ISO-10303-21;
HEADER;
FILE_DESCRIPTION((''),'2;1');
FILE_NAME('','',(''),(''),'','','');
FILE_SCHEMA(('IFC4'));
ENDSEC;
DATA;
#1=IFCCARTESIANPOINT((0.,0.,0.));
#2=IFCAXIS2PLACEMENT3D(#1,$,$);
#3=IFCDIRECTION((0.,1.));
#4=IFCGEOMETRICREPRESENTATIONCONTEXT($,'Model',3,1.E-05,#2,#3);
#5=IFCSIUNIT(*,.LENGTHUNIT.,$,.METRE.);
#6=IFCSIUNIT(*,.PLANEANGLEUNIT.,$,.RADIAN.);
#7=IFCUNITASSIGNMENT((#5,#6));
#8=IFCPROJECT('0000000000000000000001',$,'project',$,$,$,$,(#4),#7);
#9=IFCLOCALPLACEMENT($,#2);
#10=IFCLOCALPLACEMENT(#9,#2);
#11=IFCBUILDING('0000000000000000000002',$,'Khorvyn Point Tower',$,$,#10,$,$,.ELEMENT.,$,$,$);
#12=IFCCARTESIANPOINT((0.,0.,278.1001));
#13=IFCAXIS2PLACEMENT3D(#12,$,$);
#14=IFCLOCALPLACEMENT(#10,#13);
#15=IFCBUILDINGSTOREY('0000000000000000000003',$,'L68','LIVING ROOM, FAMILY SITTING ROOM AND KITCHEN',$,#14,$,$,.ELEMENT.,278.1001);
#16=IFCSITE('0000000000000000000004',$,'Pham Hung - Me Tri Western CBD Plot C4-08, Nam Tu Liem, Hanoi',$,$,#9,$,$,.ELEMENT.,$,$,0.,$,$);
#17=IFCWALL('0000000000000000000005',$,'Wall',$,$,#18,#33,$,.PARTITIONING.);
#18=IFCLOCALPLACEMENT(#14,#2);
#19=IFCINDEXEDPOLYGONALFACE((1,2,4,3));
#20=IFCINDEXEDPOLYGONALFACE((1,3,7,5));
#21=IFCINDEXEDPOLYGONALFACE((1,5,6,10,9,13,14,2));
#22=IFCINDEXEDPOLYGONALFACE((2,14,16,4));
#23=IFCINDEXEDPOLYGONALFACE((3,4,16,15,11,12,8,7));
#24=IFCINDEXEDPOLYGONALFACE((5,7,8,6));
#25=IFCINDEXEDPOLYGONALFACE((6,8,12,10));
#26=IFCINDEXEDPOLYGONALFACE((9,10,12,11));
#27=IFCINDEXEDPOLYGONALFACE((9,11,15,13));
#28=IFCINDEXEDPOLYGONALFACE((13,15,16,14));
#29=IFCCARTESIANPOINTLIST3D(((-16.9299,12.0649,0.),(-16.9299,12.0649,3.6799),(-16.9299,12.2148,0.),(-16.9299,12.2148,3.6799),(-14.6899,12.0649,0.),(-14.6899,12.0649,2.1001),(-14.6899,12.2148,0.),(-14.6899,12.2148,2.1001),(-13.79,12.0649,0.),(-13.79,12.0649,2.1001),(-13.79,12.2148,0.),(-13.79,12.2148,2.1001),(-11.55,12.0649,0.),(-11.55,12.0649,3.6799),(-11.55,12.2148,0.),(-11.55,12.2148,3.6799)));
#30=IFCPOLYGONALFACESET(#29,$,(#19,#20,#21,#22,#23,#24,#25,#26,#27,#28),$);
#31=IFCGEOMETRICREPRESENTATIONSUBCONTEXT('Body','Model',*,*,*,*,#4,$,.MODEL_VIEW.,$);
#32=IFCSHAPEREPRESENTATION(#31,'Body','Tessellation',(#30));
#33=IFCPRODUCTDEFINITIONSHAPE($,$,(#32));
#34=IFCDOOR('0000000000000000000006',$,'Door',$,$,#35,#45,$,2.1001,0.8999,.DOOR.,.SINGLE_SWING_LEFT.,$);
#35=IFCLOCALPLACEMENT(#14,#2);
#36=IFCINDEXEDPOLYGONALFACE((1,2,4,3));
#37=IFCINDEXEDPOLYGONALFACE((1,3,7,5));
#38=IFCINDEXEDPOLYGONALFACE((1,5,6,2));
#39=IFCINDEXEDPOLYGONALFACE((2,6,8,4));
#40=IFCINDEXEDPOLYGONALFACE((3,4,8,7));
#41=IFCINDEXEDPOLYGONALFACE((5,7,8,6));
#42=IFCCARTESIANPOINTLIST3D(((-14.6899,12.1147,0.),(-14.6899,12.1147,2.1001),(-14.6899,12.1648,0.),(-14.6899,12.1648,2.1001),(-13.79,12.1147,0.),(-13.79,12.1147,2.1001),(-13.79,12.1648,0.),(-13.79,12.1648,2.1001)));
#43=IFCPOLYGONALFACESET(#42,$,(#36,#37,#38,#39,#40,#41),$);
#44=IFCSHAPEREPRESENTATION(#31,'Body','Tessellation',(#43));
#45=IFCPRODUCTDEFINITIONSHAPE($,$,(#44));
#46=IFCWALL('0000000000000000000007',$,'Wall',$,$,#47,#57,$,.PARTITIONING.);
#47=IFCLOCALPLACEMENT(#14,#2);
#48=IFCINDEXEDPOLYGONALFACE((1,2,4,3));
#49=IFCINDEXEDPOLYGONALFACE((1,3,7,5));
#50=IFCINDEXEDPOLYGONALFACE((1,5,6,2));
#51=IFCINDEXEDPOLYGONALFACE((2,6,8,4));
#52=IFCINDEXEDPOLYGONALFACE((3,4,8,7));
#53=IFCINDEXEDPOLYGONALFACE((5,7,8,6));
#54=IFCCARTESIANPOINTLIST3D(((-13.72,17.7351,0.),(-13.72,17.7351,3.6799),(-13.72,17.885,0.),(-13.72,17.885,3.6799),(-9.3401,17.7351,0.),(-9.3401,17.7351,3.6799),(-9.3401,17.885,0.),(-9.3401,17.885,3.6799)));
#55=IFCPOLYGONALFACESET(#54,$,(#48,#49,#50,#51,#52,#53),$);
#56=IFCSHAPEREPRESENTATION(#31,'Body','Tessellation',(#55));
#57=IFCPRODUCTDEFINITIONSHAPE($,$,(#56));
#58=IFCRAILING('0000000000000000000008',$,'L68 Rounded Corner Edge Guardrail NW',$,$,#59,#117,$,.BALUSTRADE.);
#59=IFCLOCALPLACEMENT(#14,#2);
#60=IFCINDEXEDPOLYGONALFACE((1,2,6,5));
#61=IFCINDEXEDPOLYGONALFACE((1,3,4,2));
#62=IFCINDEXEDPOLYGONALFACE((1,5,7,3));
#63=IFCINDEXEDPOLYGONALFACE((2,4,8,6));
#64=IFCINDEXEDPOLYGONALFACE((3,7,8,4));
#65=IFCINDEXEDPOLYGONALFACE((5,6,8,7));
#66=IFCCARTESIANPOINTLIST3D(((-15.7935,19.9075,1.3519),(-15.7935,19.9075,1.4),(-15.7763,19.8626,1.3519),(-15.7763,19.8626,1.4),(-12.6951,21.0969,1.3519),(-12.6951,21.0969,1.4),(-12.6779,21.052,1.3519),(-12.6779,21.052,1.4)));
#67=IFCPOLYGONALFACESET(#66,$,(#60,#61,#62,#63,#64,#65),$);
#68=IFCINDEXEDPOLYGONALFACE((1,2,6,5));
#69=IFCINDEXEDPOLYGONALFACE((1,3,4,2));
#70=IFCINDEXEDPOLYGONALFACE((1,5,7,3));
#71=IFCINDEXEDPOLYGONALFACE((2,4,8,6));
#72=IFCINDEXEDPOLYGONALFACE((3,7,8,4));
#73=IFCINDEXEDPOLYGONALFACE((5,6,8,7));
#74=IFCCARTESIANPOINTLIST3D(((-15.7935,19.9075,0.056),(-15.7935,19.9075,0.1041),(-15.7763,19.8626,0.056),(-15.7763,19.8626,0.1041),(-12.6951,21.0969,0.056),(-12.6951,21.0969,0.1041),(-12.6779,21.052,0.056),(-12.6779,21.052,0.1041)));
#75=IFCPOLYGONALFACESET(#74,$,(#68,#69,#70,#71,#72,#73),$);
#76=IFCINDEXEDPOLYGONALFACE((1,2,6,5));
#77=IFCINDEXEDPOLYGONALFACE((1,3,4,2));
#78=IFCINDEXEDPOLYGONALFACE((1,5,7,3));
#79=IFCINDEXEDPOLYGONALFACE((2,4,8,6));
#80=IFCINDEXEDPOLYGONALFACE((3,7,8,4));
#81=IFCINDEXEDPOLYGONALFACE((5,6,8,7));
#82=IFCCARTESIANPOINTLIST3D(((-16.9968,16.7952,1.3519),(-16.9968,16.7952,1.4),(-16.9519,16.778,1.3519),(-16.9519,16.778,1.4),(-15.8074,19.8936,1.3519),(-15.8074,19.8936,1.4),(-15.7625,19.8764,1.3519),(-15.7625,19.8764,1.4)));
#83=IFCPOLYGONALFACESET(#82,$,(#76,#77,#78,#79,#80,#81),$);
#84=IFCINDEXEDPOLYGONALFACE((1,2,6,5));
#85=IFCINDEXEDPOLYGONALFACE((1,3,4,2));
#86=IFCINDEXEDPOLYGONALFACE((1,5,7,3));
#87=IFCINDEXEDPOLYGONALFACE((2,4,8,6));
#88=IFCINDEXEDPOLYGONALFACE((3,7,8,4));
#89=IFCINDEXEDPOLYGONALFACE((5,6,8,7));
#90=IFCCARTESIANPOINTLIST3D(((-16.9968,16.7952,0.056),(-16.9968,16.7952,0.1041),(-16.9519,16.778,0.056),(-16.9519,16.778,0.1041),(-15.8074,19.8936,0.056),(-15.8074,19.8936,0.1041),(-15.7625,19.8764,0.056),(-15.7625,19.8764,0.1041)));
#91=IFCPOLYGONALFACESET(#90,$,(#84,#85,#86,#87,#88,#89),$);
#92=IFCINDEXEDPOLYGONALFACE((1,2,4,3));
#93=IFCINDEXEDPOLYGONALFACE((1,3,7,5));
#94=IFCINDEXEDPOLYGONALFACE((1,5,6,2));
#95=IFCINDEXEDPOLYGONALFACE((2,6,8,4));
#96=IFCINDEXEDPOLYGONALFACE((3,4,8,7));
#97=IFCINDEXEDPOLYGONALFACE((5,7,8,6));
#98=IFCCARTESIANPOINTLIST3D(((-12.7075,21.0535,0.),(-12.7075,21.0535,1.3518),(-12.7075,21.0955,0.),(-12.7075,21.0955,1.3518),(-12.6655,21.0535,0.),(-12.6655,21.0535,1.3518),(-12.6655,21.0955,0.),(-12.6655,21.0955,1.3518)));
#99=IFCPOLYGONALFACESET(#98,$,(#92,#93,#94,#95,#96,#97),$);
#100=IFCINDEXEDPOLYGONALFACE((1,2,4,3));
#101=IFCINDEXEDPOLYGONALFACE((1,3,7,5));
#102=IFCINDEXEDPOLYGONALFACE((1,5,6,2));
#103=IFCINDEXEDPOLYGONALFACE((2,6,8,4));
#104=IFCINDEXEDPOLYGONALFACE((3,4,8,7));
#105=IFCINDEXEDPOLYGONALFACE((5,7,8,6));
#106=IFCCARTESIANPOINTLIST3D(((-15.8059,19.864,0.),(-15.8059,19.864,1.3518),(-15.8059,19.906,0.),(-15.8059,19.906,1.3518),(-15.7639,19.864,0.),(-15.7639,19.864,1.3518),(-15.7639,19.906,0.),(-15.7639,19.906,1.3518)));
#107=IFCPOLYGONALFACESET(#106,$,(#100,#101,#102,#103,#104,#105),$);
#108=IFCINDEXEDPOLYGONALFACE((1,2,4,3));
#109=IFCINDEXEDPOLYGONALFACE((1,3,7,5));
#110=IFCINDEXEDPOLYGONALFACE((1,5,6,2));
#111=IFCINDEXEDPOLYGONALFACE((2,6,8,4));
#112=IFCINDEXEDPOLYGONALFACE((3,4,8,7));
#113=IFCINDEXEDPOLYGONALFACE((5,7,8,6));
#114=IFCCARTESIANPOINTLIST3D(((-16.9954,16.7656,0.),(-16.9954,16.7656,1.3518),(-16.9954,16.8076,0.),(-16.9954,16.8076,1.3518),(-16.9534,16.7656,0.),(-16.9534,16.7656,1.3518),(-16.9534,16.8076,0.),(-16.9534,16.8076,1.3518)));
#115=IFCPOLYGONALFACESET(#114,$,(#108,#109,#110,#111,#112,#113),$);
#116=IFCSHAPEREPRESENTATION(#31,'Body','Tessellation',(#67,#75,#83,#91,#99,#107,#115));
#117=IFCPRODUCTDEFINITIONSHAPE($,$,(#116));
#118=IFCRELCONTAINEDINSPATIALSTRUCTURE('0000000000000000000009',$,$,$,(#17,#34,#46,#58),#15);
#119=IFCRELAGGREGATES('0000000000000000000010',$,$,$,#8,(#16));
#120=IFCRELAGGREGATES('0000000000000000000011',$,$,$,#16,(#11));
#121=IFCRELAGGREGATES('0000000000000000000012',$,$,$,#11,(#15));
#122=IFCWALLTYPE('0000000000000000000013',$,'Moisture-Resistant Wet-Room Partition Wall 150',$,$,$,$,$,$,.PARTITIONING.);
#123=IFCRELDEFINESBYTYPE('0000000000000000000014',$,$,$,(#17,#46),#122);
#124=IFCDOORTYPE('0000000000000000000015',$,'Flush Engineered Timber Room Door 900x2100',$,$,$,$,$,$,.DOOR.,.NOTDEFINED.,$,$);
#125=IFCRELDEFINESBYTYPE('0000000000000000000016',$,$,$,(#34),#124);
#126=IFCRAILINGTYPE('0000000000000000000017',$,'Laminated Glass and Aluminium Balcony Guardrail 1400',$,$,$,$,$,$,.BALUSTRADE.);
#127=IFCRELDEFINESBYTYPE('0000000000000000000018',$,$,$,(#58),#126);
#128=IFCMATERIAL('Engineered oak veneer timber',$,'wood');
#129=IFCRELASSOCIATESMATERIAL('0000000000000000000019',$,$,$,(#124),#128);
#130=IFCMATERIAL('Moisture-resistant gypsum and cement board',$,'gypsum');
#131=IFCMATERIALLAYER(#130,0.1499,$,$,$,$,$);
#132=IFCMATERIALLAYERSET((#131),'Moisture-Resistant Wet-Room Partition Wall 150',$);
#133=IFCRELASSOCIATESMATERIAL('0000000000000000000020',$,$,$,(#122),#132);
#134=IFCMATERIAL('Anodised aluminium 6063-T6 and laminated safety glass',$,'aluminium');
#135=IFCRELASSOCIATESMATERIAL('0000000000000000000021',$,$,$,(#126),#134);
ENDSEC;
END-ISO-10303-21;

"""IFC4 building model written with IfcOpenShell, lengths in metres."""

from ifc_helpers import new_model, si_unit, direction, frame, frame_2d, origin, origin_2d, place, context, subcontext, project, spatial, rectangle, extrude, material, layer, layer_set, type_object, element, fill, save


model = new_model("IFC4")

# Units and contexts
model_context = context("Model", 3, precision=1e-05, world=origin(), true_north=direction((0.0, 1.0)))
body_context = subcontext(model_context, "Body", "Model", "MODEL_VIEW")
ifc_project = project(units=[si_unit("LENGTHUNIT", "METRE"), si_unit("PLANEANGLEUNIT", "RADIAN")], contexts=[model_context])

# Site, building, storey
site_placement = place(None, origin())
site = spatial("IfcSite", under=ifc_project, at=site_placement, Name="Pham Hung - Me Tri Western CBD Plot C4-08, Nam Tu Liem, Hanoi", CompositionType="ELEMENT", RefElevation=0.0)
building_placement = place(site_placement, origin())
building = spatial("IfcBuilding", under=site, at=building_placement, Name="Khorvyn Point Tower", CompositionType="ELEMENT")
storey_placement = place(building_placement, frame((0.0, 0.0, 278.1001)))
storey = spatial("IfcBuildingStorey", under=building, at=storey_placement, Name="L68", Description="LIVING ROOM, FAMILY SITTING ROOM AND KITCHEN", CompositionType="ELEMENT", Elevation=278.1001)

# Wall, opening, door
ifc_material_1 = material(Name="Engineered oak veneer timber", Category="wood")
door_type_1 = type_object("IfcDoorType", Name="Flush Engineered Timber Room Door 900x2100", OperationType="NOTDEFINED", PredefinedType="DOOR", material=ifc_material_1)
ifc_material_2 = material(Name="Moisture-resistant gypsum and cement board", Category="gypsum")
ifc_layer_1 = layer(ifc_material_2, 0.1499)
ifc_layer_set_1 = layer_set([ifc_layer_1], Name="Moisture-Resistant Wet-Room Partition Wall 150")
wall_type_1 = type_object("IfcWallType", Name="Moisture-Resistant Wet-Room Partition Wall 150", PredefinedType="PARTITIONING", material=ifc_layer_set_1)
wall_1_placement = place(storey_placement, frame((-16.9299, 12.1399, 0.0), z_axis=(0.0, 0.0, 1.0), x_axis=(1.0, 0.0, 0.0)))
wall_1 = element("IfcWall", 1, at=wall_1_placement, inside=storey, type_object=wall_type_1, Name="Wall", PredefinedType="PARTITIONING", context=body_context, shape_type="SweptSolid", body=[
    extrude(rectangle(XDim=5.3799, YDim=0.1499, at=frame_2d((2.6899, 0.0))), origin(), (0.0, 0.0, 1.0), 3.6799),
])
opening_1_placement = place(wall_1_placement, frame((2.24, 0.0, 0.0)))
opening_1 = element("IfcOpeningElement", 2, at=opening_1_placement, cuts=wall_1, PredefinedType="OPENING", context=body_context, shape_type="SweptSolid", body=[
    extrude(rectangle(XDim=0.8999, YDim=2.1001, at=frame_2d((0.45, 1.05))), frame((0.0, 0.085, 0.0), z_axis=(0.0, -1.0, 0.0), x_axis=(1.0, 0.0, 0.0)), (0.0, 0.0, 1.0), 0.1699),
])
door_1_placement = place(opening_1_placement, origin())
door_1 = element("IfcDoor", 3, at=door_1_placement, inside=storey, type_object=door_type_1, Name="Door", OperationType="SINGLE_SWING_LEFT", OverallHeight=2.1001, OverallWidth=0.8999, PredefinedType="DOOR", context=body_context, shape_type="SweptSolid", body=[
    extrude(rectangle(XDim=0.8999, YDim=2.1001, at=frame_2d((0.45, 1.05))), frame((0.0, 0.0249, 0.0), z_axis=(0.0, -1.0, 0.0), x_axis=(1.0, 0.0, 0.0)), (0.0, 0.0, 1.0), 0.05),
])
fill(opening_1, door_1)

# Wall
wall_2_placement = place(storey_placement, frame((-13.72, 17.8101, 0.0), z_axis=(0.0, 0.0, 1.0), x_axis=(1.0, 0.0, 0.0)))
element("IfcWall", 4, at=wall_2_placement, inside=storey, type_object=wall_type_1, Name="Wall", PredefinedType="PARTITIONING", context=body_context, shape_type="SweptSolid", body=[
    extrude(rectangle(XDim=4.3799, YDim=0.1499, at=frame_2d((2.1899, 0.0))), origin(), (0.0, 0.0, 1.0), 3.6799),
])

# Railing
ifc_material_3 = material(Name="Anodised aluminium 6063-T6 and laminated safety glass", Category="aluminium")
railing_type = type_object("IfcRailingType", Name="Laminated Glass and Aluminium Balcony Guardrail 1400", PredefinedType="BALUSTRADE", material=ifc_material_3)
railing_placement = place(storey_placement, frame((-12.6865, 21.0745, 0.0)))
element("IfcRailing", 5, at=railing_placement, inside=storey, type_object=railing_type, Name="L68 Rounded Corner Edge Guardrail NW", PredefinedType="BALUSTRADE", context=body_context, shape_type="SweptSolid", body=[
    extrude(rectangle(XDim=0.0481, YDim=0.0481, at=origin_2d()), frame((0.0, 0.0, 1.376), z_axis=(-0.933571, -0.358392, 0.0), x_axis=(0.358392, -0.933571, 0.0)), (0.0, 0.0, 1.0), 3.3188),
    extrude(rectangle(XDim=0.0481, YDim=0.0481, at=origin_2d()), frame((0.0, 0.0, 0.0801), z_axis=(-0.933571, -0.358392, 0.0), x_axis=(0.358392, -0.933571, 0.0)), (0.0, 0.0, 1.0), 3.3188),
    extrude(rectangle(XDim=0.0481, YDim=0.0481, at=origin_2d()), frame((-3.0984, -1.1895, 1.376), z_axis=(-0.358392, -0.933571, 0.0), x_axis=(0.933571, -0.358392, 0.0)), (0.0, 0.0, 1.0), 3.3188),
    extrude(rectangle(XDim=0.0481, YDim=0.0481, at=origin_2d()), frame((-3.0984, -1.1895, 0.0801), z_axis=(-0.358392, -0.933571, 0.0), x_axis=(0.933571, -0.358392, 0.0)), (0.0, 0.0, 1.0), 3.3188),
    extrude(rectangle(XDim=0.042, YDim=0.042, at=origin_2d()), origin(), (0.0, 0.0, 1.0), 1.3518),
    extrude(rectangle(XDim=0.042, YDim=0.042, at=origin_2d()), frame((-3.0984, -1.1895, 0.0)), (0.0, 0.0, 1.0), 1.3518),
    extrude(rectangle(XDim=0.042, YDim=0.042, at=origin_2d()), frame((-4.2878, -4.2878, 0.0)), (0.0, 0.0, 1.0), 1.3518),
])

save(model, "model.ifc")
